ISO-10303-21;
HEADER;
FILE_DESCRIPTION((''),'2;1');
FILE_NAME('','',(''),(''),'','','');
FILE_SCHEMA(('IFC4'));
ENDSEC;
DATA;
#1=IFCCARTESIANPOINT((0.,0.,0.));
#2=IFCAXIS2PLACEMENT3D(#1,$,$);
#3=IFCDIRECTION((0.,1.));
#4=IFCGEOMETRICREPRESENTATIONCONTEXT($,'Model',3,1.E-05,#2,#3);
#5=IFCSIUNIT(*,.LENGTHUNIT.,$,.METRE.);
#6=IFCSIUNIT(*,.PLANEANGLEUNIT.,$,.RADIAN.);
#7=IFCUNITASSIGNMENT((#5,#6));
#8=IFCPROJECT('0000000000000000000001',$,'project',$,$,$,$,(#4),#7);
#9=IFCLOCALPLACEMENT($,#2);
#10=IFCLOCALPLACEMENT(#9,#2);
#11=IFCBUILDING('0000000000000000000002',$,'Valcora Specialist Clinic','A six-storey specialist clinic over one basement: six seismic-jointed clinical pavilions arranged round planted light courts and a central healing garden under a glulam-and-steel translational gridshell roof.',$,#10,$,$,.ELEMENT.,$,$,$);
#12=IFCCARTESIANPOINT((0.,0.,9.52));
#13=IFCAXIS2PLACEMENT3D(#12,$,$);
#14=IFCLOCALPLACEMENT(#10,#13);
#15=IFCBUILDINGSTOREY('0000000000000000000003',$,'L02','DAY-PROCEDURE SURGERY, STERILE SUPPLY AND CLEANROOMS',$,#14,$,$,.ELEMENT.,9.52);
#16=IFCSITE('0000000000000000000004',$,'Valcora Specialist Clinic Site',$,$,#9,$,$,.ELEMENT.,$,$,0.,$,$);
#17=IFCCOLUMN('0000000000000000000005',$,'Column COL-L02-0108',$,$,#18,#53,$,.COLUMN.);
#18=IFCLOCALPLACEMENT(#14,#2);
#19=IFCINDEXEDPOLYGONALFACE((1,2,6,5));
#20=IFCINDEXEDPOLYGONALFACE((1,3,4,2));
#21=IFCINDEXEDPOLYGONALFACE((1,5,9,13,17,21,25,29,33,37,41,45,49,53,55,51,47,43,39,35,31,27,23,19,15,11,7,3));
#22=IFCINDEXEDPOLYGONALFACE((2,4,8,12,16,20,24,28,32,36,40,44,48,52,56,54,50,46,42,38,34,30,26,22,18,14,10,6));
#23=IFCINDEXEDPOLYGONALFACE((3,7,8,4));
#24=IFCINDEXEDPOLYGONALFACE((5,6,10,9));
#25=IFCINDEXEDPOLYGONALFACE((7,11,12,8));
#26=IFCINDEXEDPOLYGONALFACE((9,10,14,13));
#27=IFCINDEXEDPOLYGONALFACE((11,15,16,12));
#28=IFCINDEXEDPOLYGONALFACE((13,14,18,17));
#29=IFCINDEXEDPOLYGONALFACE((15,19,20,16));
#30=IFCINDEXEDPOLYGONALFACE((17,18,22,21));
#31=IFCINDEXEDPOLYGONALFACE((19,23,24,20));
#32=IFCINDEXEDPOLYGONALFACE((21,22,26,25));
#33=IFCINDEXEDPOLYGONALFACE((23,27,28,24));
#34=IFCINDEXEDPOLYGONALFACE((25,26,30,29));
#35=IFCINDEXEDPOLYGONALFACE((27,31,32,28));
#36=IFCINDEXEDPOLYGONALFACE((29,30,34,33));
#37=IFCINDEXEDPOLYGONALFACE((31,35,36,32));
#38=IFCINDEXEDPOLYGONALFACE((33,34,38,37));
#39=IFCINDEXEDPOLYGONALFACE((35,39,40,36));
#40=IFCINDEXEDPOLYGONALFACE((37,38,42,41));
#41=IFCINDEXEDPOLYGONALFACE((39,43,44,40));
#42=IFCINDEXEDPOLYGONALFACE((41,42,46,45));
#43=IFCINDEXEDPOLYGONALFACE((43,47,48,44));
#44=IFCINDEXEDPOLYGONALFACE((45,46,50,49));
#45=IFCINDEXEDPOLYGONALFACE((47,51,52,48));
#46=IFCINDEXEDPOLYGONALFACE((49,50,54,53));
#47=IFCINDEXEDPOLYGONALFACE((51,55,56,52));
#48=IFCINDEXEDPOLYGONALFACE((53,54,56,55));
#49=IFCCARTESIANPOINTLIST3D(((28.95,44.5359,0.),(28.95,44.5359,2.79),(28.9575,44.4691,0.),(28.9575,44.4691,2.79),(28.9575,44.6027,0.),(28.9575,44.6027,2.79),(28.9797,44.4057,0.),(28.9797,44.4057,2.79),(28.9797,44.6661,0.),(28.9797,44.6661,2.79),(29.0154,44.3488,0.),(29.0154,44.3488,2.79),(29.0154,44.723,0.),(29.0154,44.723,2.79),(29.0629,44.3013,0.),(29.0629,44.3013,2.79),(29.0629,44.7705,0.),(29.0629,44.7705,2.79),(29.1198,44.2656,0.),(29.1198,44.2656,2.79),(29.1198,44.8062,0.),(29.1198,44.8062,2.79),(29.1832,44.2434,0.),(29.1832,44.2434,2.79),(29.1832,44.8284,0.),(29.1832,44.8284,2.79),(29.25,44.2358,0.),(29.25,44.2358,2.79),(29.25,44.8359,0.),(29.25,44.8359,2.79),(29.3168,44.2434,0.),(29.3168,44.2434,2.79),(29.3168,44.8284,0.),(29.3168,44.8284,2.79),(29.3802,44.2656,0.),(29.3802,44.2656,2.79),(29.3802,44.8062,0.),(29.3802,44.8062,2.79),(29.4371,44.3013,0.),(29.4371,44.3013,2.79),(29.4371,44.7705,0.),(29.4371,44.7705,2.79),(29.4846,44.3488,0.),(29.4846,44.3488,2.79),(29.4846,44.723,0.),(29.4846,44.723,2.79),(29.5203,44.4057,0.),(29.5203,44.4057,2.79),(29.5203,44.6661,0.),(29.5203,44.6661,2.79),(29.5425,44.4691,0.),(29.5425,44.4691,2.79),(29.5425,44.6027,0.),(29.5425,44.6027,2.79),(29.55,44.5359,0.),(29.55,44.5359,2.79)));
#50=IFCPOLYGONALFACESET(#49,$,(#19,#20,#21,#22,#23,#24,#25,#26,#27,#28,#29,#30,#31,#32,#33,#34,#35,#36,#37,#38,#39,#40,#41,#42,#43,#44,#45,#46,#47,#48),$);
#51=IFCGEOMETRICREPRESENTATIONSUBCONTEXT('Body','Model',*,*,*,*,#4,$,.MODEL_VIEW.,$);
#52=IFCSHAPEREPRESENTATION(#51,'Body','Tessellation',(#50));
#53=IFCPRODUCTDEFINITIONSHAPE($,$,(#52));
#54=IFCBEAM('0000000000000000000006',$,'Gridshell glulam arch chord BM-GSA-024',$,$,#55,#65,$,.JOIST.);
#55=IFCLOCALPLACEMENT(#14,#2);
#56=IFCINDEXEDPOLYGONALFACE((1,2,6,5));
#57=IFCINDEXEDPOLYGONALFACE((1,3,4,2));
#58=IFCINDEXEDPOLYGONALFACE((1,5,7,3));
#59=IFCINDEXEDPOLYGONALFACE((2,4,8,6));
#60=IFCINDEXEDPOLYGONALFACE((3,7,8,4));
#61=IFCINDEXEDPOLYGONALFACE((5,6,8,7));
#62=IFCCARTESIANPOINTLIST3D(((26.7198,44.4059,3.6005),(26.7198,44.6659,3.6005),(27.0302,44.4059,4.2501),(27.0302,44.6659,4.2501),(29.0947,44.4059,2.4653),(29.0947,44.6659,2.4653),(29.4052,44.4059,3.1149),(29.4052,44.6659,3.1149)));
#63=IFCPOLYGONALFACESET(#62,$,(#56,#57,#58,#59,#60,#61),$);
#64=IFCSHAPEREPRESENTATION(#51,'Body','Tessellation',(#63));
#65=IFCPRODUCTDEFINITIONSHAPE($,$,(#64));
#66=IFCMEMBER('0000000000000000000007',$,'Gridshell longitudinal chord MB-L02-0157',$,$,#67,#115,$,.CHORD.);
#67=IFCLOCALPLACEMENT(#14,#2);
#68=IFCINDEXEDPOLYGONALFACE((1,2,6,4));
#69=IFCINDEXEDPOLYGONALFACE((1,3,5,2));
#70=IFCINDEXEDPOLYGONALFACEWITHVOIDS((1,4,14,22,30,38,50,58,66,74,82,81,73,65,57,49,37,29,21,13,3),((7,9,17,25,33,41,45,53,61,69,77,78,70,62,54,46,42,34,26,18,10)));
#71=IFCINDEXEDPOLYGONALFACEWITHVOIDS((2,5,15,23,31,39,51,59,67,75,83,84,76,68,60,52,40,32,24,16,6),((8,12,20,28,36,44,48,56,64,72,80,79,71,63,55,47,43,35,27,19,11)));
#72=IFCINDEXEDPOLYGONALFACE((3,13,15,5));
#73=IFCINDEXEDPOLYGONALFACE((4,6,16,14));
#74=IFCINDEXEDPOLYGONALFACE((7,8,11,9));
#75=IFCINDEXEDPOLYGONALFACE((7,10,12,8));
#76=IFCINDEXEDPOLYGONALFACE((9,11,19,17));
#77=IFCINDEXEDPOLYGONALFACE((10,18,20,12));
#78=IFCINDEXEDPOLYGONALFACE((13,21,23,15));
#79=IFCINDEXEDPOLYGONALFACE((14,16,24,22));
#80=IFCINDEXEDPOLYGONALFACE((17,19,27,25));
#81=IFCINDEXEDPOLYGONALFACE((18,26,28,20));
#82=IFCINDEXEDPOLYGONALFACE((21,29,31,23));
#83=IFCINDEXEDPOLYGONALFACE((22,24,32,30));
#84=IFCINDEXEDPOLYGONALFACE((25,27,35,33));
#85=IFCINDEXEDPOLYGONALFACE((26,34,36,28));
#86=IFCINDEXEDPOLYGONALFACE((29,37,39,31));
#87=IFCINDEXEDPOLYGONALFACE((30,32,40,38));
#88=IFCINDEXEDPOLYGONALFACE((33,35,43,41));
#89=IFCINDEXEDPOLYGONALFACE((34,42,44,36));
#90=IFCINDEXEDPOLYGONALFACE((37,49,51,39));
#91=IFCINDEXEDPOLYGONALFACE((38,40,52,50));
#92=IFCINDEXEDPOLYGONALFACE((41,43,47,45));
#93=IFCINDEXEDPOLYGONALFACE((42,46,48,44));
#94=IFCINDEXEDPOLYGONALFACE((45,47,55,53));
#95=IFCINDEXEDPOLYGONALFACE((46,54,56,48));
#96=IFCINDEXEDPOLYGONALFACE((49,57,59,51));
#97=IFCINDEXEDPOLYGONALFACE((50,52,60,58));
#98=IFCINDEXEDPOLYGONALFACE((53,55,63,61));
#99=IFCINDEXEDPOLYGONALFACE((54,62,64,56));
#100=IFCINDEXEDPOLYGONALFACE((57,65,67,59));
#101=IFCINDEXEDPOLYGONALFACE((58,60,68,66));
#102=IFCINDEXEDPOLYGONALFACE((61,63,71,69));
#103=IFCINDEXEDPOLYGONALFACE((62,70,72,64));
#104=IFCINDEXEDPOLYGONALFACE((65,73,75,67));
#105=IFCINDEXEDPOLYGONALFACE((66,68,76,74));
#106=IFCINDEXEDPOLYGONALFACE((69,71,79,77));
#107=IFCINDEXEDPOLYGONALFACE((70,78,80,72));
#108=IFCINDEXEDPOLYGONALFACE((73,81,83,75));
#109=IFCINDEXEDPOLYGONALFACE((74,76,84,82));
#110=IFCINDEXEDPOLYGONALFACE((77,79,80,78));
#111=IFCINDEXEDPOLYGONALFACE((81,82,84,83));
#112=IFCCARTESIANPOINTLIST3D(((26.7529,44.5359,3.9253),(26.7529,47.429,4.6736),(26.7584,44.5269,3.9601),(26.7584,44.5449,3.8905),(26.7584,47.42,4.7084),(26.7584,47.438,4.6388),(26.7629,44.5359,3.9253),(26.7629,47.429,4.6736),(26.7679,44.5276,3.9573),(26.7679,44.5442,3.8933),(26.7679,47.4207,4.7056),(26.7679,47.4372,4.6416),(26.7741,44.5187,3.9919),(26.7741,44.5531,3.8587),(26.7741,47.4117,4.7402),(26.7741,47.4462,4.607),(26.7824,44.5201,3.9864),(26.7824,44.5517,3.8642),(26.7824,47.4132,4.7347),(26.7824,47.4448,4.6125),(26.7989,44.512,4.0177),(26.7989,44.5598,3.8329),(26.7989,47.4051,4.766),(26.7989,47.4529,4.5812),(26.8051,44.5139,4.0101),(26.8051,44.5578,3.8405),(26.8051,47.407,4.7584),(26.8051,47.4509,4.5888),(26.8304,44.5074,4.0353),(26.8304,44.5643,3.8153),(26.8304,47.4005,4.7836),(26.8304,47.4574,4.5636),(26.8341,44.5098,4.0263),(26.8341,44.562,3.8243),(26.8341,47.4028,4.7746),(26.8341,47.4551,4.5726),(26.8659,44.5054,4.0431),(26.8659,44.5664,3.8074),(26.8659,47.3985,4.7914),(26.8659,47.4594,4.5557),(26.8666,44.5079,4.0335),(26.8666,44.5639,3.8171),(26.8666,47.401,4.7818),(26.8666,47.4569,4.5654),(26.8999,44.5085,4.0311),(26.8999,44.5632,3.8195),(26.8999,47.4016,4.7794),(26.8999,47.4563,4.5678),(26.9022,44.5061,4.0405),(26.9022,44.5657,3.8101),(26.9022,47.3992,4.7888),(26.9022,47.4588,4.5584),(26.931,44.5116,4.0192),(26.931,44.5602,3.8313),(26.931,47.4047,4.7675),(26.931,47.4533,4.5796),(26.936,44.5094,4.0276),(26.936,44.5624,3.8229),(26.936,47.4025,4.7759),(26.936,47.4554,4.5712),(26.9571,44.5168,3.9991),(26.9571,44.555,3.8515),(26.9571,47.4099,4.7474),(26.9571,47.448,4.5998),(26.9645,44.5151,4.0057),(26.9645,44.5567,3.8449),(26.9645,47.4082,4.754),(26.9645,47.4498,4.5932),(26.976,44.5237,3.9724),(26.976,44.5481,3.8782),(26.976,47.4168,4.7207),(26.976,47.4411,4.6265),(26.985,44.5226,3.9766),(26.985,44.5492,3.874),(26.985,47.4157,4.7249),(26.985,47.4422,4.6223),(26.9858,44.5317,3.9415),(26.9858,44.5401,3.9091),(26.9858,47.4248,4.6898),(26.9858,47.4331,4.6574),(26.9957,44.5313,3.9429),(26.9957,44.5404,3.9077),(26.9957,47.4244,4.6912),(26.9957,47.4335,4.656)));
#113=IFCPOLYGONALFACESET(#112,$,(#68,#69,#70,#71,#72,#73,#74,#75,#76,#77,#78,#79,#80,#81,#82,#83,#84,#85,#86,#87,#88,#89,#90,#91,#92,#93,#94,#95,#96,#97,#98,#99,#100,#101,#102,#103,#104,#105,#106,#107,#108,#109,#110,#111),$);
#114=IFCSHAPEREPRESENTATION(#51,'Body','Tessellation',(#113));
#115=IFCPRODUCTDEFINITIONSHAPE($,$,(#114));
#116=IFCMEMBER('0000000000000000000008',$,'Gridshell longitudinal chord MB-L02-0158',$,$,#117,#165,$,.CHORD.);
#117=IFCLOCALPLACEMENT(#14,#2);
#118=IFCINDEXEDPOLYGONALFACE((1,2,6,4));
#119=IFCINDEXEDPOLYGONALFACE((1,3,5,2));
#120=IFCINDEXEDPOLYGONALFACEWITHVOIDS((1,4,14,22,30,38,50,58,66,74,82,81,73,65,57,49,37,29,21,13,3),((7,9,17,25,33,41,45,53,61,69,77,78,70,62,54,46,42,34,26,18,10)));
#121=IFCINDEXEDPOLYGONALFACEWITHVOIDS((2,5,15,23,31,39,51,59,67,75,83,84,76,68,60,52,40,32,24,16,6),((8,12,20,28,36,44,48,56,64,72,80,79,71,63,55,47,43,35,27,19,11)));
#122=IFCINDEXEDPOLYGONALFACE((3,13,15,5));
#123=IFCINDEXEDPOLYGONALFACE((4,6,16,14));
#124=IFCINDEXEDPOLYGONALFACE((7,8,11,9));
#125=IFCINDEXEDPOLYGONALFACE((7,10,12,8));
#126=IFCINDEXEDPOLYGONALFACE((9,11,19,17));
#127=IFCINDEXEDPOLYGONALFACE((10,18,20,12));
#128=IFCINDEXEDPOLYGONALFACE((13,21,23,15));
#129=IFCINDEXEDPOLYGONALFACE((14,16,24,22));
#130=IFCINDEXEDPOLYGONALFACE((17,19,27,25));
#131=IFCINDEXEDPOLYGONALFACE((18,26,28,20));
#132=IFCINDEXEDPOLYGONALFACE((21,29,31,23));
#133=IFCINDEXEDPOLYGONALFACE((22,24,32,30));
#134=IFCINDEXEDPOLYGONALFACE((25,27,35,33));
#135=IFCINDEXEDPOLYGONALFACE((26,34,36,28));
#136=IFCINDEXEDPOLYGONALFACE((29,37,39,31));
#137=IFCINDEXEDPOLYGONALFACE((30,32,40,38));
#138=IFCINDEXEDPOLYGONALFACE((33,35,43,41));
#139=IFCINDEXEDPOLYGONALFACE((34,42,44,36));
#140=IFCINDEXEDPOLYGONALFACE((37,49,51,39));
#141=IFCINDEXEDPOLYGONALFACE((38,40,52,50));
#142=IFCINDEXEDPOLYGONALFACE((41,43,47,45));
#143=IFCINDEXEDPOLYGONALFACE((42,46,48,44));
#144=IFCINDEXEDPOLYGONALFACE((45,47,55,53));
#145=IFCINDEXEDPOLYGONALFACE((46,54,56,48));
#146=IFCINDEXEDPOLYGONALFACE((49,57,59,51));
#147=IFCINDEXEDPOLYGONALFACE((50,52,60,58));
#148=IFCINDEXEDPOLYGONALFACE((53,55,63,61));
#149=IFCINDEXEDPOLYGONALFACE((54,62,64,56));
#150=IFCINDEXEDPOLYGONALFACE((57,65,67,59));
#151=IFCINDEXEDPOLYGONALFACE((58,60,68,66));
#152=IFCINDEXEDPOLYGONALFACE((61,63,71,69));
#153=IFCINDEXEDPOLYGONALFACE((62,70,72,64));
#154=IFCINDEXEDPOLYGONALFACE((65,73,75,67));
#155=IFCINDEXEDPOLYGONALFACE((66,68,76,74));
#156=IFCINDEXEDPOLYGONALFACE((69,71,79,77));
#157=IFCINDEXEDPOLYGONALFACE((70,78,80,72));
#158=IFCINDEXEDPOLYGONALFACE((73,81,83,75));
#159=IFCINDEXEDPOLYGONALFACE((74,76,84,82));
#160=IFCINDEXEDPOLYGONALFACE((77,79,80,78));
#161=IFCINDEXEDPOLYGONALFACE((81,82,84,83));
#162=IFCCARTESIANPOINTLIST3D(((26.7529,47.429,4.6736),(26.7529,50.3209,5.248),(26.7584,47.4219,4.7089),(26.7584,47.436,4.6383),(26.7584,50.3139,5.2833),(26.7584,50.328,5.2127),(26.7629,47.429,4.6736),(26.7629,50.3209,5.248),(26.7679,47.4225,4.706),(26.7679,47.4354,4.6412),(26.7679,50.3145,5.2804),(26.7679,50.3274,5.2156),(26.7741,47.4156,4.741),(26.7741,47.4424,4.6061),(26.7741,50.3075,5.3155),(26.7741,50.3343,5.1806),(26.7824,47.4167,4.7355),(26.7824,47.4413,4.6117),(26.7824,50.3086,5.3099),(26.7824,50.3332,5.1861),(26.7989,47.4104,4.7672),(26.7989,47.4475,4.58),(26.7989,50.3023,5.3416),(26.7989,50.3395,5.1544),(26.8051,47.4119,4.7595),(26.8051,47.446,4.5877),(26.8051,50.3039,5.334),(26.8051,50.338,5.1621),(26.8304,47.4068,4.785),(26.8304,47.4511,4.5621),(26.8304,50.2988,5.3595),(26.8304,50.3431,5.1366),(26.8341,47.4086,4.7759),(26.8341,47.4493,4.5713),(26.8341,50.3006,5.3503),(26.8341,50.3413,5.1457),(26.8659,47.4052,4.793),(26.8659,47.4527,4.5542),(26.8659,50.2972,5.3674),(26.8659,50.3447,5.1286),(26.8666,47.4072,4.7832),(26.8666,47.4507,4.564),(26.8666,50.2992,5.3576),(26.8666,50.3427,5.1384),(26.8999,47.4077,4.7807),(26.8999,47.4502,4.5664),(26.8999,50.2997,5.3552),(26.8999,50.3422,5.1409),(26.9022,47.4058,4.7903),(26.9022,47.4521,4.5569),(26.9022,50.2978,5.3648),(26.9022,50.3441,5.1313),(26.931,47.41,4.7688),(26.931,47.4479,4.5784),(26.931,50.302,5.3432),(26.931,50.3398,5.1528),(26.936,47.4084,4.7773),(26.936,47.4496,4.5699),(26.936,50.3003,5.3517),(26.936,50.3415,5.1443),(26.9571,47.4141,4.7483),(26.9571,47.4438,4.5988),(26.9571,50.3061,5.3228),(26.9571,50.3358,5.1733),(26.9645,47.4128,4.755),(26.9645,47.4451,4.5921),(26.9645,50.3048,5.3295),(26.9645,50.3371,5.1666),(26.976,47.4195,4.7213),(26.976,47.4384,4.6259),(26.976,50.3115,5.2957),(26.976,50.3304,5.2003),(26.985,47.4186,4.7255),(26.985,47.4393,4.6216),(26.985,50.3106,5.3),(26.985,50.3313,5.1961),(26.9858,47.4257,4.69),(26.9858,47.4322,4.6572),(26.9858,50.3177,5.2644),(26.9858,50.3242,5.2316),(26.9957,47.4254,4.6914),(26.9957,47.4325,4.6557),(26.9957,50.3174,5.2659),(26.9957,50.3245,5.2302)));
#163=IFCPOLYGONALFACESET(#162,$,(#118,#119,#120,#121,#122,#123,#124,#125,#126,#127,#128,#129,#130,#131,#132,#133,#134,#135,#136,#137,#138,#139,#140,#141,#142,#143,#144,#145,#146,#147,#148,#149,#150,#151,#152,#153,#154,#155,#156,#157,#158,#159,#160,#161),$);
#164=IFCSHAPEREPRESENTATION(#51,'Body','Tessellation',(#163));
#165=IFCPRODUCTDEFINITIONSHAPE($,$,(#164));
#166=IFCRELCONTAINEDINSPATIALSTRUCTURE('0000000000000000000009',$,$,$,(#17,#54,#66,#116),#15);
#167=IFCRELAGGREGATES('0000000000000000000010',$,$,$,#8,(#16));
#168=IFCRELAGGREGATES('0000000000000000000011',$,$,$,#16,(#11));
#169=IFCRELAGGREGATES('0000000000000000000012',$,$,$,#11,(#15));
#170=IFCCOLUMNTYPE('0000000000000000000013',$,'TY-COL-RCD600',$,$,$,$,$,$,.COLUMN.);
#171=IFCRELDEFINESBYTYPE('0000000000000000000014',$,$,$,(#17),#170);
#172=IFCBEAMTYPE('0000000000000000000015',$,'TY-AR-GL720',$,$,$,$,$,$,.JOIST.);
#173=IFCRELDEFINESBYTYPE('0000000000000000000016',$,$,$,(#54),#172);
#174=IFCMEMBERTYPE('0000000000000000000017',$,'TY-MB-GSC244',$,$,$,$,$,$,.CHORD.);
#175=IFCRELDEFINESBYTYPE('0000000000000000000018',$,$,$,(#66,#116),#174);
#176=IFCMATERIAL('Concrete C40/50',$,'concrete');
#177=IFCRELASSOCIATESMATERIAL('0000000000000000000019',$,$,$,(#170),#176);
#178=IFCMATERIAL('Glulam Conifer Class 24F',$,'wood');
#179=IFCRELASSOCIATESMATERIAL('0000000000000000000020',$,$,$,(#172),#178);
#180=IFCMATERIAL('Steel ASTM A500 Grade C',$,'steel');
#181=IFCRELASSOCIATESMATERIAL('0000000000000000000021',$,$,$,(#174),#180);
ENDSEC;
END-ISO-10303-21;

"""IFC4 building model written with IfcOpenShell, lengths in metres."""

from ifc_helpers import new_model, si_unit, direction, frame, origin, origin_2d, place, context, subcontext, project, spatial, rectangle, circle, hollow_circle, extrude, material, material_profile, profile_set, type_object, element, save


model = new_model("IFC4")

# Units and contexts
model_context = context("Model", 3, precision=1e-05, world=origin(), true_north=direction((0.0, 1.0)))
body_context = subcontext(model_context, "Body", "Model", "MODEL_VIEW")
ifc_project = project(units=[si_unit("LENGTHUNIT", "METRE"), si_unit("PLANEANGLEUNIT", "RADIAN")], contexts=[model_context])

# Site, building, storey
site_placement = place(None, origin())
site = spatial("IfcSite", under=ifc_project, at=site_placement, Name="Valcora Specialist Clinic Site", CompositionType="ELEMENT", RefElevation=0.0)
building_placement = place(site_placement, origin())
building = spatial("IfcBuilding", under=site, at=building_placement, Name="Valcora Specialist Clinic", Description="A six-storey specialist clinic over one basement: six seismic-jointed clinical pavilions arranged round planted light courts and a central healing garden under a glulam-and-steel translational gridshell roof.", CompositionType="ELEMENT")
storey_placement = place(building_placement, frame((0.0, 0.0, 9.52)))
storey = spatial("IfcBuildingStorey", under=building, at=storey_placement, Name="L02", Description="DAY-PROCEDURE SURGERY, STERILE SUPPLY AND CLEANROOMS", CompositionType="ELEMENT", Elevation=9.52)

# Column
ifc_material_1 = material(Name="Concrete C40/50", Category="concrete")
ifc_material_profile_1 = material_profile(ifc_material_1, circle(Radius=0.3, at=origin_2d()), Name="RC-COL-D600")
ifc_profile_set_1 = profile_set([ifc_material_profile_1], Name="Concrete C40/50")
column_type = type_object("IfcColumnType", Name="TY-COL-RCD600", PredefinedType="COLUMN", material=ifc_profile_set_1)
column_placement = place(storey_placement, frame((29.25, 44.5359, 0.0), z_axis=(0.0, 0.0, 1.0), x_axis=(1.0, 0.0, 0.0)))
element("IfcColumn", 1, at=column_placement, inside=storey, type_object=column_type, Name="Column COL-L02-0108", PredefinedType="COLUMN", context=body_context, shape_type="SweptSolid", body=[
    extrude(circle(Radius=0.3, at=origin_2d()), origin(), (0.0, 0.0, 1.0), 2.79),
])

# Beam
ifc_material_2 = material(Name="Glulam Conifer Class 24F", Category="wood")
ifc_material_profile_2 = material_profile(ifc_material_2, rectangle(XDim=0.26, YDim=0.72, at=origin_2d()), Name="GL-ARC-260X720")
ifc_profile_set_2 = profile_set([ifc_material_profile_2], Name="Glulam Conifer Class 24F")
beam_type = type_object("IfcBeamType", Name="TY-AR-GL720", PredefinedType="JOIST", material=ifc_profile_set_2)
beam_placement = place(storey_placement, frame((26.875, 44.5359, 3.9253), z_axis=(0.902225, 0.0, -0.431265), x_axis=(0.0, 1.0, 0.0)))
element("IfcBeam", 2, at=beam_placement, inside=storey, type_object=beam_type, Name="Gridshell glulam arch chord BM-GSA-024", PredefinedType="JOIST", context=body_context, shape_type="SweptSolid", body=[
    extrude(rectangle(XDim=0.26, YDim=0.72, at=origin_2d()), origin(), (0.0, 0.0, 1.0), 2.6323),
])

# Members
ifc_material_3 = material(Name="Steel ASTM A500 Grade C", Category="steel")
ifc_material_profile_3 = material_profile(ifc_material_3, hollow_circle(Radius=0.1221, WallThickness=0.01, at=origin_2d()), Name="ST-CHS-244X10")
ifc_profile_set_3 = profile_set([ifc_material_profile_3], Name="Steel ASTM A500 Grade C")
member_type_1 = type_object("IfcMemberType", Name="TY-MB-GSC244", PredefinedType="CHORD", material=ifc_profile_set_3)
member_1_placement = place(storey_placement, frame((26.875, 44.5359, 3.9253), z_axis=(0.0, 0.96814, 0.250409), x_axis=(-1.0, 0.0, 0.0)))
element("IfcMember", 3, at=member_1_placement, inside=storey, type_object=member_type_1, Name="Gridshell longitudinal chord MB-L02-0157", PredefinedType="CHORD", context=body_context, shape_type="SweptSolid", body=[
    extrude(hollow_circle(Radius=0.1221, WallThickness=0.01, at=origin_2d()), origin(), (0.0, 0.0, 1.0), 2.9883),
])
member_2_placement = place(storey_placement, frame((26.875, 47.429, 4.6736), z_axis=(0.0, 0.980838, 0.194826), x_axis=(-1.0, 0.0, 0.0)))
element("IfcMember", 4, at=member_2_placement, inside=storey, type_object=member_type_1, Name="Gridshell longitudinal chord MB-L02-0158", PredefinedType="CHORD", context=body_context, shape_type="SweptSolid", body=[
    extrude(hollow_circle(Radius=0.1221, WallThickness=0.01, at=origin_2d()), origin(), (0.0, 0.0, 1.0), 2.9485),
])

save(model, "model.ifc")
